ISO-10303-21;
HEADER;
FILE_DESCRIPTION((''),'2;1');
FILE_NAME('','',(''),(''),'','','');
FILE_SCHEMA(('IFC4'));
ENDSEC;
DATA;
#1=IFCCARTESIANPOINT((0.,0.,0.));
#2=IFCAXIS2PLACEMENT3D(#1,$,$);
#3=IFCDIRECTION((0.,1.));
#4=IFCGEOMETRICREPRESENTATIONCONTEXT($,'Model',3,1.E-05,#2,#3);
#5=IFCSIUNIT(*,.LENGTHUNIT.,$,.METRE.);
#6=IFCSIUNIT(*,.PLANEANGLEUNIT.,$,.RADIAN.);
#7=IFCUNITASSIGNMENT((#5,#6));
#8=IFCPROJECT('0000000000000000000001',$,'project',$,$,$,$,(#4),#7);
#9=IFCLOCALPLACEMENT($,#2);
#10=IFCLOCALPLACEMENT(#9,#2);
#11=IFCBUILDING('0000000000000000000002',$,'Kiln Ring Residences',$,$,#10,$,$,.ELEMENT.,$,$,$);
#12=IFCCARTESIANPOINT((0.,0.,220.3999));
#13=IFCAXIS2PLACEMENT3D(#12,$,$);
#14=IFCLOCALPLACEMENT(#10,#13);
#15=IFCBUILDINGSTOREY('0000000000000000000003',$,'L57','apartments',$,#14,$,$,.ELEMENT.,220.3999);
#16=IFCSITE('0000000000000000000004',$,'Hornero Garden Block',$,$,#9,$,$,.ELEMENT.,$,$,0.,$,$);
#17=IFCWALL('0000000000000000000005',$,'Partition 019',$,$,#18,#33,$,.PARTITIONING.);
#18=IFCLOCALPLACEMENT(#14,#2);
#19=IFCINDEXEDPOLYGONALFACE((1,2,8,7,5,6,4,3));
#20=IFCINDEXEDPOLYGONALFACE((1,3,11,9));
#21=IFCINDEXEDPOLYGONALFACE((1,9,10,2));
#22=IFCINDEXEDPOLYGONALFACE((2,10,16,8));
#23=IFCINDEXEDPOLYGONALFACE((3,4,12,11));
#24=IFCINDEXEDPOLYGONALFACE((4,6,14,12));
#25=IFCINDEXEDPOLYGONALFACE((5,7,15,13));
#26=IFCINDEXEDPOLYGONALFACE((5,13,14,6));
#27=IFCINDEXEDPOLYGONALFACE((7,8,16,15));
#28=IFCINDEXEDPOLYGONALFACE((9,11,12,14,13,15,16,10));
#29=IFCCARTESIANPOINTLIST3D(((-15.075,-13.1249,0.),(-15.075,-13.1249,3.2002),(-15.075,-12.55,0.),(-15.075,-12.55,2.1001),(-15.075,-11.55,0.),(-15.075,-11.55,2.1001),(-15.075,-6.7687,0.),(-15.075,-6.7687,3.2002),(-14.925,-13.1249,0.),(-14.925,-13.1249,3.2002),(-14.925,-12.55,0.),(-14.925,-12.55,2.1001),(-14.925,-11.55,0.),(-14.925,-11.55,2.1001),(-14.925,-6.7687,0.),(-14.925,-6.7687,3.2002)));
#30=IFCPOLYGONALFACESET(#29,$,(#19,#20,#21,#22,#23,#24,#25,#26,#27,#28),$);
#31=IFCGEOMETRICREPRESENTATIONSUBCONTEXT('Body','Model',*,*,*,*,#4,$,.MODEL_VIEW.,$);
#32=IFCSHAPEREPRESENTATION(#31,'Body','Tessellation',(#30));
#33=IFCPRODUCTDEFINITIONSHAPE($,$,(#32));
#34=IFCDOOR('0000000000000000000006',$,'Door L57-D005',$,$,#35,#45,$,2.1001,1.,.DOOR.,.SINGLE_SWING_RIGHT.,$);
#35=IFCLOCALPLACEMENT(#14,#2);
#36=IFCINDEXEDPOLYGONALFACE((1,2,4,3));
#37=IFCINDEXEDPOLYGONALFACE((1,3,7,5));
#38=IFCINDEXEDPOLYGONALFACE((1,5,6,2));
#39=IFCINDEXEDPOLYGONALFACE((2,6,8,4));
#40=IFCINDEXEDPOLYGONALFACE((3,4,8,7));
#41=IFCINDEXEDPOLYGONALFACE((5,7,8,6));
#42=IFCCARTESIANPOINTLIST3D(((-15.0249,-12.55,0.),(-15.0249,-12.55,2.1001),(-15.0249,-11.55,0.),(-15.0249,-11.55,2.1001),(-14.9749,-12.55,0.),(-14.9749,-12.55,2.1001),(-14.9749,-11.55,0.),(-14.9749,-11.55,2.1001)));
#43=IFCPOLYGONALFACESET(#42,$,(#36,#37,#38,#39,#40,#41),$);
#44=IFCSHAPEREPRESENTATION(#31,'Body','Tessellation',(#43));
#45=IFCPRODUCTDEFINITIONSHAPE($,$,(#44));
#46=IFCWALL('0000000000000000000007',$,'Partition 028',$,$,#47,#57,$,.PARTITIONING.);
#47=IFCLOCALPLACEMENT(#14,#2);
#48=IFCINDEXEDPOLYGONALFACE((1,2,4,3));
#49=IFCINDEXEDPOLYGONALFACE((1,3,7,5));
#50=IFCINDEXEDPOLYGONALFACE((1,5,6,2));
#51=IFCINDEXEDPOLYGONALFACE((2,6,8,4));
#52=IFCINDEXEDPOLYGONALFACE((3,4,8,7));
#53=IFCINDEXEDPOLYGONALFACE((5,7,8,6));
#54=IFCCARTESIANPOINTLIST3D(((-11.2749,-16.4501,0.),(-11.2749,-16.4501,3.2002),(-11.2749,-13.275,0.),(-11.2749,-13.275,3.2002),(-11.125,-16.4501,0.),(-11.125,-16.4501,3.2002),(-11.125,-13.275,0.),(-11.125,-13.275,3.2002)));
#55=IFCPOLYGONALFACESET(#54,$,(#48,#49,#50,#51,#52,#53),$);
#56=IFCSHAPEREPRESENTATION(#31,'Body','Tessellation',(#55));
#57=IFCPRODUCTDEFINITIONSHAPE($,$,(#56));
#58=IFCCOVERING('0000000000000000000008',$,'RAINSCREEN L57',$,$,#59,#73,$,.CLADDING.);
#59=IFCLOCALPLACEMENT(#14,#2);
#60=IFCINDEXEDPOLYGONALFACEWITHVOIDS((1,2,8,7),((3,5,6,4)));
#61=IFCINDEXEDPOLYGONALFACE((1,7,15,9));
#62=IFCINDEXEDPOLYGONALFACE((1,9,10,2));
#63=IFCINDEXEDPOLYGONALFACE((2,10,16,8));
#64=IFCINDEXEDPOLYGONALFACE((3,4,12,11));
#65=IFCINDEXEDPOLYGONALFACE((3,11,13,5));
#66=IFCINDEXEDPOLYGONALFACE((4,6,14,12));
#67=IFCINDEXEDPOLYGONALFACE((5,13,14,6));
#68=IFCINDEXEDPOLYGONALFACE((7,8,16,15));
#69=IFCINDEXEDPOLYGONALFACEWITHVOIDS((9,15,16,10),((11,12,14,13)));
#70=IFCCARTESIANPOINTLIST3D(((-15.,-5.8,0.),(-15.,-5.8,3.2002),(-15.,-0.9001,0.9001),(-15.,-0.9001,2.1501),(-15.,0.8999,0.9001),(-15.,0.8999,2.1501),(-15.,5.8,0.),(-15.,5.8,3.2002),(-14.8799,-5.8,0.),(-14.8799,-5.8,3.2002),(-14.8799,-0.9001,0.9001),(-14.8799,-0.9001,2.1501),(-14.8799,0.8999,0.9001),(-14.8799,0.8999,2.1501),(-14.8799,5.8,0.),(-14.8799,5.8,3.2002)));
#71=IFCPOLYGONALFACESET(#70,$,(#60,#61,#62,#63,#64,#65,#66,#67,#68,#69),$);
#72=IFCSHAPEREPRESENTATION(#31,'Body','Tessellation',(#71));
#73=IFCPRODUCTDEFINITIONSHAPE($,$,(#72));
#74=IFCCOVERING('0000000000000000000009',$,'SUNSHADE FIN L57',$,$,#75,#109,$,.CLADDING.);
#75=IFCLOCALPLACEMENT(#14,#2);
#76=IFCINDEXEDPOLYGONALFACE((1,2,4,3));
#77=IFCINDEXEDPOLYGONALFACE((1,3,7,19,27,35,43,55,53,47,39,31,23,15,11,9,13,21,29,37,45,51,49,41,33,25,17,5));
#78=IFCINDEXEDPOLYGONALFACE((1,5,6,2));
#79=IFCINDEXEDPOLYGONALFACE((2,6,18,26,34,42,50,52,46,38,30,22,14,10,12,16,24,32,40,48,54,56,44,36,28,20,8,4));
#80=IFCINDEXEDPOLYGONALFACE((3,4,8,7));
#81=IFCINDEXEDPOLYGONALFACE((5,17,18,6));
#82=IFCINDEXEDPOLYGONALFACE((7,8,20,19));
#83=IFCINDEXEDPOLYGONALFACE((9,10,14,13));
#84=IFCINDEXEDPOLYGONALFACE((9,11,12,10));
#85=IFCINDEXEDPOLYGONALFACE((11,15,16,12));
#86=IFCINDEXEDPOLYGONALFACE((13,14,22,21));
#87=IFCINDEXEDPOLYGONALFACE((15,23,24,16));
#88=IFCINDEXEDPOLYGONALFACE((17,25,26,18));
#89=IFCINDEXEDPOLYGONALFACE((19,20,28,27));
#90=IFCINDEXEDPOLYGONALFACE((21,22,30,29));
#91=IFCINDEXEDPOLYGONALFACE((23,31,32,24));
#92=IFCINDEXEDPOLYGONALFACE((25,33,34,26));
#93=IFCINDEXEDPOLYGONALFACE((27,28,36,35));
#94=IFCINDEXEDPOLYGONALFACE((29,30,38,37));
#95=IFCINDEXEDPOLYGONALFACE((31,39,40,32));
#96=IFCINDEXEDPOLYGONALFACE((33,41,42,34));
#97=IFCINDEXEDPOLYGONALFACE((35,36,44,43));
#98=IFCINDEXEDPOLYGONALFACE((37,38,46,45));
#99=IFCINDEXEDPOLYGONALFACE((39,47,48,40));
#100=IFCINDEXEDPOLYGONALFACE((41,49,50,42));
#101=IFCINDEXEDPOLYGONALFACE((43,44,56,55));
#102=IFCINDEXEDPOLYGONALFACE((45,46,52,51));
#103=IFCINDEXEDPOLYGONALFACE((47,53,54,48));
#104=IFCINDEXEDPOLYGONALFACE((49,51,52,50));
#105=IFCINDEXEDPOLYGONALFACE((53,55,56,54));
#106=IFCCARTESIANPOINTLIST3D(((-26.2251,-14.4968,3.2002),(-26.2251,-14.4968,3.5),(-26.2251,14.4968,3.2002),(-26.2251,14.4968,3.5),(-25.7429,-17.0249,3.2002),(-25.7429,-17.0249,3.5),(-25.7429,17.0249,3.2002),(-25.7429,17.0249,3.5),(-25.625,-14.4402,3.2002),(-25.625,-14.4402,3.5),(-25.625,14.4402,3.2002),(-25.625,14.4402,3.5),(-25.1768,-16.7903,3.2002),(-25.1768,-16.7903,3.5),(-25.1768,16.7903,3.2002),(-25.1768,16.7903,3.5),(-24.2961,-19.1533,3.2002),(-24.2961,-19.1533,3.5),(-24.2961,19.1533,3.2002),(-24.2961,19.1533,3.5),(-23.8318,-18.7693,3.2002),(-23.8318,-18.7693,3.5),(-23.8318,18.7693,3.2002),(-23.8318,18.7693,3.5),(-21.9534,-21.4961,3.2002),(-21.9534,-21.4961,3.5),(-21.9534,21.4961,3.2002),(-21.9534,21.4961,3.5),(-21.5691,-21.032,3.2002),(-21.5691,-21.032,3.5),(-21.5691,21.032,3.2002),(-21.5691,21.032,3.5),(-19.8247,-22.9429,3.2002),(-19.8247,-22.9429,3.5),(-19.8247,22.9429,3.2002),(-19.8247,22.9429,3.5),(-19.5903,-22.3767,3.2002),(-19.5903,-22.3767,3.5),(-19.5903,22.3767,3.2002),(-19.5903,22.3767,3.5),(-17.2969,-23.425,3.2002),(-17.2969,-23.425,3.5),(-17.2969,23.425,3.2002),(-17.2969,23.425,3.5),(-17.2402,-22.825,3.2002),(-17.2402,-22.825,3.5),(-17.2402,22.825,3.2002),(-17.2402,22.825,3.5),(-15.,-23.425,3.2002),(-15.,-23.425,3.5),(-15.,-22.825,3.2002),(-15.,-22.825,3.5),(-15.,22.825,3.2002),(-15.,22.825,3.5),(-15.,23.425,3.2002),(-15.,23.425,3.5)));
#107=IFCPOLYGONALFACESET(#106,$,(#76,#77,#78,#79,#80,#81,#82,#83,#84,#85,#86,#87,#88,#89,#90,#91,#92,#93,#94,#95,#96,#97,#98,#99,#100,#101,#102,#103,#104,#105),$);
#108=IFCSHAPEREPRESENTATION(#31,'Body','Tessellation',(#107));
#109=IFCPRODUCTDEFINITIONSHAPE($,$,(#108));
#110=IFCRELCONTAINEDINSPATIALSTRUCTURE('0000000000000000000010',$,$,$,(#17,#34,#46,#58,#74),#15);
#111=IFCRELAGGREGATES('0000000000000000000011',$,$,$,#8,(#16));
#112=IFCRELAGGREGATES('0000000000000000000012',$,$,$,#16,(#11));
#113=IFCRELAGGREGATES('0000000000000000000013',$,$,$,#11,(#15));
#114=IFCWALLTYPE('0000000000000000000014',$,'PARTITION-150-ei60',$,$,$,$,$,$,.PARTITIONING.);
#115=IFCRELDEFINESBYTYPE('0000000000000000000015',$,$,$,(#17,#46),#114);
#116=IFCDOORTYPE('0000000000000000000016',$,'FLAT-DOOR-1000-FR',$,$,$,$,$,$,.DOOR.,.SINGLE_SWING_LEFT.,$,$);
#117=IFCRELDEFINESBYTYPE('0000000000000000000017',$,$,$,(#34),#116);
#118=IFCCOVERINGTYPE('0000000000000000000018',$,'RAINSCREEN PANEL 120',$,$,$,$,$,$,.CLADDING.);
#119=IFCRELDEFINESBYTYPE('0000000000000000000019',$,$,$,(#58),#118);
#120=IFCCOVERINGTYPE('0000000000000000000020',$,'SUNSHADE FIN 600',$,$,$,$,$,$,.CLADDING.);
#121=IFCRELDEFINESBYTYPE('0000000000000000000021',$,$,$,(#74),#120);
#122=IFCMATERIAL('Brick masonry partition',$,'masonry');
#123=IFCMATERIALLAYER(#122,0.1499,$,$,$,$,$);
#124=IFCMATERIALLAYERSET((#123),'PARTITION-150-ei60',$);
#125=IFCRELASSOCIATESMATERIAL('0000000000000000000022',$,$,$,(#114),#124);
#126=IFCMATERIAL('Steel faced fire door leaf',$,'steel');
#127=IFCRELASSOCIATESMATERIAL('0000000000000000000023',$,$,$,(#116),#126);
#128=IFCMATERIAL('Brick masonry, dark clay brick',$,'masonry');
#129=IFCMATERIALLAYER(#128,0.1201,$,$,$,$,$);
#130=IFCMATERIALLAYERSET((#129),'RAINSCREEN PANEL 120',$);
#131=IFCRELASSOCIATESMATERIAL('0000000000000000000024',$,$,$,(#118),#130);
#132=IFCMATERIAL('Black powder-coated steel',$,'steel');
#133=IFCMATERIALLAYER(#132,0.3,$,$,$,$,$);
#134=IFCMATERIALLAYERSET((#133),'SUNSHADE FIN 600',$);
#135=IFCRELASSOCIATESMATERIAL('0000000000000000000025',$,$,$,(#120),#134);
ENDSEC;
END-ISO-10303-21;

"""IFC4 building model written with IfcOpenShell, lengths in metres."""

from ifc_helpers import new_model, si_unit, direction, frame, frame_2d, origin, place, context, subcontext, project, spatial, polyline, rectangle, outline, extrude, material, layer, layer_set, type_object, element, fill, save


model = new_model("IFC4")

# Units and contexts
model_context = context("Model", 3, precision=1e-05, world=origin(), true_north=direction((0.0, 1.0)))
body_context = subcontext(model_context, "Body", "Model", "MODEL_VIEW")
ifc_project = project(units=[si_unit("LENGTHUNIT", "METRE"), si_unit("PLANEANGLEUNIT", "RADIAN")], contexts=[model_context])

# Site, building, storey
site_placement = place(None, origin())
site = spatial("IfcSite", under=ifc_project, at=site_placement, Name="Hornero Garden Block", CompositionType="ELEMENT", RefElevation=0.0)
building_placement = place(site_placement, origin())
building = spatial("IfcBuilding", under=site, at=building_placement, Name="Kiln Ring Residences", CompositionType="ELEMENT")
storey_placement = place(building_placement, frame((0.0, 0.0, 220.3999)))
storey = spatial("IfcBuildingStorey", under=building, at=storey_placement, Name="L57", Description="apartments", CompositionType="ELEMENT", Elevation=220.3999)

# Shared definitions
ifc_material_1 = material(Name="Brick masonry partition", Category="masonry")
ifc_layer_1 = layer(ifc_material_1, 0.1499)
ifc_layer_set_1 = layer_set([ifc_layer_1], Name="PARTITION-150-ei60")
wall_type_1 = type_object("IfcWallType", Name="PARTITION-150-ei60", PredefinedType="PARTITIONING", material=ifc_layer_set_1)
ifc_material_2 = material(Name="Steel faced fire door leaf", Category="steel")
door_type_1 = type_object("IfcDoorType", Name="FLAT-DOOR-1000-FR", OperationType="SINGLE_SWING_LEFT", PredefinedType="DOOR", material=ifc_material_2)

# Wall, opening, door
wall_1_placement = place(storey_placement, frame((-15.0, -13.125, 0.0), z_axis=(0.0, 0.0, 1.0), x_axis=(0.0, 1.0, 0.0)))
wall_1 = element("IfcWall", 1, at=wall_1_placement, inside=storey, type_object=wall_type_1, Name="Partition 019", PredefinedType="PARTITIONING", context=body_context, shape_type="SweptSolid", body=[
    extrude(rectangle(XDim=6.3562, YDim=0.1499, at=frame_2d((3.1782, 0.0))), origin(), (0.0, 0.0, 1.0), 3.2002),
])
opening_1_placement = place(wall_1_placement, frame((0.575, 0.0, 0.0)))
opening_1 = element("IfcOpeningElement", 2, at=opening_1_placement, cuts=wall_1, PredefinedType="OPENING", context=body_context, shape_type="SweptSolid", body=[
    extrude(rectangle(XDim=1.0, YDim=2.1001, at=frame_2d((0.5, 1.05))), frame((0.0, 0.085, 0.0), z_axis=(0.0, -1.0, 0.0), x_axis=(1.0, 0.0, 0.0)), (0.0, 0.0, 1.0), 0.1699),
])
door_1_placement = place(opening_1_placement, origin())
door_1 = element("IfcDoor", 3, at=door_1_placement, inside=storey, type_object=door_type_1, Name="Door L57-D005", OperationType="SINGLE_SWING_RIGHT", OverallHeight=2.1001, OverallWidth=1.0, PredefinedType="DOOR", context=body_context, shape_type="SweptSolid", body=[
    extrude(rectangle(XDim=1.0, YDim=2.1001, at=frame_2d((0.5, 1.05))), frame((0.0, 0.0249, 0.0), z_axis=(0.0, -1.0, 0.0), x_axis=(1.0, 0.0, 0.0)), (0.0, 0.0, 1.0), 0.05),
])
fill(opening_1, door_1)

# Wall
wall_2_placement = place(storey_placement, frame((-11.2, -16.45, 0.0), z_axis=(0.0, 0.0, 1.0), x_axis=(0.0, 1.0, 0.0)))
element("IfcWall", 4, at=wall_2_placement, inside=storey, type_object=wall_type_1, Name="Partition 028", PredefinedType="PARTITIONING", context=body_context, shape_type="SweptSolid", body=[
    extrude(rectangle(XDim=3.175, YDim=0.1499, at=frame_2d((1.5874, 0.0))), origin(), (0.0, 0.0, 1.0), 3.2002),
])

# Coverings
ifc_material_3 = material(Name="Brick masonry, dark clay brick", Category="masonry")
ifc_layer_2 = layer(ifc_material_3, 0.1201)
ifc_layer_set_2 = layer_set([ifc_layer_2], Name="RAINSCREEN PANEL 120")
covering_type_1 = type_object("IfcCoveringType", Name="RAINSCREEN PANEL 120", PredefinedType="CLADDING", material=ifc_layer_set_2)
covering_1_placement = place(storey_placement, frame((-14.9399, -5.8, 0.0), z_axis=(0.0, 0.0, 1.0), x_axis=(0.0, 1.0, 0.0)))
element("IfcCovering", 5, at=covering_1_placement, inside=storey, type_object=covering_type_1, Name="RAINSCREEN L57", PredefinedType="CLADDING", context=body_context, shape_type="SweptSolid", body=[
    extrude(outline(polyline([(0.0, 0.0), (11.6001, 0.0), (11.6001, 3.2002), (0.0, 3.2002), (0.0, 0.0)]), holes=[polyline([(4.8999, 2.1501), (4.8999, 0.9001), (6.7, 0.9001), (6.7, 2.1501), (4.8999, 2.1501)])]), frame((0.0, 0.0601, 0.0), z_axis=(0.0, -1.0, 0.0), x_axis=(1.0, 0.0, 0.0)), (0.0, 0.0, 1.0), 0.1201),
])
ifc_material_4 = material(Name="Black powder-coated steel", Category="steel")
ifc_layer_3 = layer(ifc_material_4, 0.3)
ifc_layer_set_3 = layer_set([ifc_layer_3], Name="SUNSHADE FIN 600")
covering_type_2 = type_object("IfcCoveringType", Name="SUNSHADE FIN 600", PredefinedType="CLADDING", material=ifc_layer_set_3)
covering_2_placement = place(storey_placement, frame((0.0, 0.0, 3.2002)))
element("IfcCovering", 6, at=covering_2_placement, inside=storey, type_object=covering_type_2, Name="SUNSHADE FIN L57", PredefinedType="CLADDING", context=body_context, shape_type="SweptSolid", body=[
    extrude(outline(polyline([(-26.2251, -14.4968), (-25.7429, -17.0249), (-24.2961, -19.1533), (-21.9534, -21.4961), (-19.8247, -22.9429), (-17.2969, -23.425), (-15.0, -23.425), (-15.0, -22.825), (-17.2402, -22.825), (-19.5903, -22.3767), (-21.5691, -21.032), (-23.8318, -18.7693), (-25.1768, -16.7903), (-25.625, -14.4402), (-25.625, 14.4402), (-25.1768, 16.7903), (-23.8318, 18.7693), (-21.5691, 21.032), (-19.5903, 22.3767), (-17.2402, 22.825), (-15.0, 22.825), (-15.0, 23.425), (-17.2969, 23.425), (-19.8247, 22.9429), (-21.9534, 21.4961), (-24.2961, 19.1533), (-25.7429, 17.0249), (-26.2251, 14.4968), (-26.2251, -14.4968)])), origin(), (0.0, 0.0, 1.0), 0.2998),
])

save(model, "model.ifc")
